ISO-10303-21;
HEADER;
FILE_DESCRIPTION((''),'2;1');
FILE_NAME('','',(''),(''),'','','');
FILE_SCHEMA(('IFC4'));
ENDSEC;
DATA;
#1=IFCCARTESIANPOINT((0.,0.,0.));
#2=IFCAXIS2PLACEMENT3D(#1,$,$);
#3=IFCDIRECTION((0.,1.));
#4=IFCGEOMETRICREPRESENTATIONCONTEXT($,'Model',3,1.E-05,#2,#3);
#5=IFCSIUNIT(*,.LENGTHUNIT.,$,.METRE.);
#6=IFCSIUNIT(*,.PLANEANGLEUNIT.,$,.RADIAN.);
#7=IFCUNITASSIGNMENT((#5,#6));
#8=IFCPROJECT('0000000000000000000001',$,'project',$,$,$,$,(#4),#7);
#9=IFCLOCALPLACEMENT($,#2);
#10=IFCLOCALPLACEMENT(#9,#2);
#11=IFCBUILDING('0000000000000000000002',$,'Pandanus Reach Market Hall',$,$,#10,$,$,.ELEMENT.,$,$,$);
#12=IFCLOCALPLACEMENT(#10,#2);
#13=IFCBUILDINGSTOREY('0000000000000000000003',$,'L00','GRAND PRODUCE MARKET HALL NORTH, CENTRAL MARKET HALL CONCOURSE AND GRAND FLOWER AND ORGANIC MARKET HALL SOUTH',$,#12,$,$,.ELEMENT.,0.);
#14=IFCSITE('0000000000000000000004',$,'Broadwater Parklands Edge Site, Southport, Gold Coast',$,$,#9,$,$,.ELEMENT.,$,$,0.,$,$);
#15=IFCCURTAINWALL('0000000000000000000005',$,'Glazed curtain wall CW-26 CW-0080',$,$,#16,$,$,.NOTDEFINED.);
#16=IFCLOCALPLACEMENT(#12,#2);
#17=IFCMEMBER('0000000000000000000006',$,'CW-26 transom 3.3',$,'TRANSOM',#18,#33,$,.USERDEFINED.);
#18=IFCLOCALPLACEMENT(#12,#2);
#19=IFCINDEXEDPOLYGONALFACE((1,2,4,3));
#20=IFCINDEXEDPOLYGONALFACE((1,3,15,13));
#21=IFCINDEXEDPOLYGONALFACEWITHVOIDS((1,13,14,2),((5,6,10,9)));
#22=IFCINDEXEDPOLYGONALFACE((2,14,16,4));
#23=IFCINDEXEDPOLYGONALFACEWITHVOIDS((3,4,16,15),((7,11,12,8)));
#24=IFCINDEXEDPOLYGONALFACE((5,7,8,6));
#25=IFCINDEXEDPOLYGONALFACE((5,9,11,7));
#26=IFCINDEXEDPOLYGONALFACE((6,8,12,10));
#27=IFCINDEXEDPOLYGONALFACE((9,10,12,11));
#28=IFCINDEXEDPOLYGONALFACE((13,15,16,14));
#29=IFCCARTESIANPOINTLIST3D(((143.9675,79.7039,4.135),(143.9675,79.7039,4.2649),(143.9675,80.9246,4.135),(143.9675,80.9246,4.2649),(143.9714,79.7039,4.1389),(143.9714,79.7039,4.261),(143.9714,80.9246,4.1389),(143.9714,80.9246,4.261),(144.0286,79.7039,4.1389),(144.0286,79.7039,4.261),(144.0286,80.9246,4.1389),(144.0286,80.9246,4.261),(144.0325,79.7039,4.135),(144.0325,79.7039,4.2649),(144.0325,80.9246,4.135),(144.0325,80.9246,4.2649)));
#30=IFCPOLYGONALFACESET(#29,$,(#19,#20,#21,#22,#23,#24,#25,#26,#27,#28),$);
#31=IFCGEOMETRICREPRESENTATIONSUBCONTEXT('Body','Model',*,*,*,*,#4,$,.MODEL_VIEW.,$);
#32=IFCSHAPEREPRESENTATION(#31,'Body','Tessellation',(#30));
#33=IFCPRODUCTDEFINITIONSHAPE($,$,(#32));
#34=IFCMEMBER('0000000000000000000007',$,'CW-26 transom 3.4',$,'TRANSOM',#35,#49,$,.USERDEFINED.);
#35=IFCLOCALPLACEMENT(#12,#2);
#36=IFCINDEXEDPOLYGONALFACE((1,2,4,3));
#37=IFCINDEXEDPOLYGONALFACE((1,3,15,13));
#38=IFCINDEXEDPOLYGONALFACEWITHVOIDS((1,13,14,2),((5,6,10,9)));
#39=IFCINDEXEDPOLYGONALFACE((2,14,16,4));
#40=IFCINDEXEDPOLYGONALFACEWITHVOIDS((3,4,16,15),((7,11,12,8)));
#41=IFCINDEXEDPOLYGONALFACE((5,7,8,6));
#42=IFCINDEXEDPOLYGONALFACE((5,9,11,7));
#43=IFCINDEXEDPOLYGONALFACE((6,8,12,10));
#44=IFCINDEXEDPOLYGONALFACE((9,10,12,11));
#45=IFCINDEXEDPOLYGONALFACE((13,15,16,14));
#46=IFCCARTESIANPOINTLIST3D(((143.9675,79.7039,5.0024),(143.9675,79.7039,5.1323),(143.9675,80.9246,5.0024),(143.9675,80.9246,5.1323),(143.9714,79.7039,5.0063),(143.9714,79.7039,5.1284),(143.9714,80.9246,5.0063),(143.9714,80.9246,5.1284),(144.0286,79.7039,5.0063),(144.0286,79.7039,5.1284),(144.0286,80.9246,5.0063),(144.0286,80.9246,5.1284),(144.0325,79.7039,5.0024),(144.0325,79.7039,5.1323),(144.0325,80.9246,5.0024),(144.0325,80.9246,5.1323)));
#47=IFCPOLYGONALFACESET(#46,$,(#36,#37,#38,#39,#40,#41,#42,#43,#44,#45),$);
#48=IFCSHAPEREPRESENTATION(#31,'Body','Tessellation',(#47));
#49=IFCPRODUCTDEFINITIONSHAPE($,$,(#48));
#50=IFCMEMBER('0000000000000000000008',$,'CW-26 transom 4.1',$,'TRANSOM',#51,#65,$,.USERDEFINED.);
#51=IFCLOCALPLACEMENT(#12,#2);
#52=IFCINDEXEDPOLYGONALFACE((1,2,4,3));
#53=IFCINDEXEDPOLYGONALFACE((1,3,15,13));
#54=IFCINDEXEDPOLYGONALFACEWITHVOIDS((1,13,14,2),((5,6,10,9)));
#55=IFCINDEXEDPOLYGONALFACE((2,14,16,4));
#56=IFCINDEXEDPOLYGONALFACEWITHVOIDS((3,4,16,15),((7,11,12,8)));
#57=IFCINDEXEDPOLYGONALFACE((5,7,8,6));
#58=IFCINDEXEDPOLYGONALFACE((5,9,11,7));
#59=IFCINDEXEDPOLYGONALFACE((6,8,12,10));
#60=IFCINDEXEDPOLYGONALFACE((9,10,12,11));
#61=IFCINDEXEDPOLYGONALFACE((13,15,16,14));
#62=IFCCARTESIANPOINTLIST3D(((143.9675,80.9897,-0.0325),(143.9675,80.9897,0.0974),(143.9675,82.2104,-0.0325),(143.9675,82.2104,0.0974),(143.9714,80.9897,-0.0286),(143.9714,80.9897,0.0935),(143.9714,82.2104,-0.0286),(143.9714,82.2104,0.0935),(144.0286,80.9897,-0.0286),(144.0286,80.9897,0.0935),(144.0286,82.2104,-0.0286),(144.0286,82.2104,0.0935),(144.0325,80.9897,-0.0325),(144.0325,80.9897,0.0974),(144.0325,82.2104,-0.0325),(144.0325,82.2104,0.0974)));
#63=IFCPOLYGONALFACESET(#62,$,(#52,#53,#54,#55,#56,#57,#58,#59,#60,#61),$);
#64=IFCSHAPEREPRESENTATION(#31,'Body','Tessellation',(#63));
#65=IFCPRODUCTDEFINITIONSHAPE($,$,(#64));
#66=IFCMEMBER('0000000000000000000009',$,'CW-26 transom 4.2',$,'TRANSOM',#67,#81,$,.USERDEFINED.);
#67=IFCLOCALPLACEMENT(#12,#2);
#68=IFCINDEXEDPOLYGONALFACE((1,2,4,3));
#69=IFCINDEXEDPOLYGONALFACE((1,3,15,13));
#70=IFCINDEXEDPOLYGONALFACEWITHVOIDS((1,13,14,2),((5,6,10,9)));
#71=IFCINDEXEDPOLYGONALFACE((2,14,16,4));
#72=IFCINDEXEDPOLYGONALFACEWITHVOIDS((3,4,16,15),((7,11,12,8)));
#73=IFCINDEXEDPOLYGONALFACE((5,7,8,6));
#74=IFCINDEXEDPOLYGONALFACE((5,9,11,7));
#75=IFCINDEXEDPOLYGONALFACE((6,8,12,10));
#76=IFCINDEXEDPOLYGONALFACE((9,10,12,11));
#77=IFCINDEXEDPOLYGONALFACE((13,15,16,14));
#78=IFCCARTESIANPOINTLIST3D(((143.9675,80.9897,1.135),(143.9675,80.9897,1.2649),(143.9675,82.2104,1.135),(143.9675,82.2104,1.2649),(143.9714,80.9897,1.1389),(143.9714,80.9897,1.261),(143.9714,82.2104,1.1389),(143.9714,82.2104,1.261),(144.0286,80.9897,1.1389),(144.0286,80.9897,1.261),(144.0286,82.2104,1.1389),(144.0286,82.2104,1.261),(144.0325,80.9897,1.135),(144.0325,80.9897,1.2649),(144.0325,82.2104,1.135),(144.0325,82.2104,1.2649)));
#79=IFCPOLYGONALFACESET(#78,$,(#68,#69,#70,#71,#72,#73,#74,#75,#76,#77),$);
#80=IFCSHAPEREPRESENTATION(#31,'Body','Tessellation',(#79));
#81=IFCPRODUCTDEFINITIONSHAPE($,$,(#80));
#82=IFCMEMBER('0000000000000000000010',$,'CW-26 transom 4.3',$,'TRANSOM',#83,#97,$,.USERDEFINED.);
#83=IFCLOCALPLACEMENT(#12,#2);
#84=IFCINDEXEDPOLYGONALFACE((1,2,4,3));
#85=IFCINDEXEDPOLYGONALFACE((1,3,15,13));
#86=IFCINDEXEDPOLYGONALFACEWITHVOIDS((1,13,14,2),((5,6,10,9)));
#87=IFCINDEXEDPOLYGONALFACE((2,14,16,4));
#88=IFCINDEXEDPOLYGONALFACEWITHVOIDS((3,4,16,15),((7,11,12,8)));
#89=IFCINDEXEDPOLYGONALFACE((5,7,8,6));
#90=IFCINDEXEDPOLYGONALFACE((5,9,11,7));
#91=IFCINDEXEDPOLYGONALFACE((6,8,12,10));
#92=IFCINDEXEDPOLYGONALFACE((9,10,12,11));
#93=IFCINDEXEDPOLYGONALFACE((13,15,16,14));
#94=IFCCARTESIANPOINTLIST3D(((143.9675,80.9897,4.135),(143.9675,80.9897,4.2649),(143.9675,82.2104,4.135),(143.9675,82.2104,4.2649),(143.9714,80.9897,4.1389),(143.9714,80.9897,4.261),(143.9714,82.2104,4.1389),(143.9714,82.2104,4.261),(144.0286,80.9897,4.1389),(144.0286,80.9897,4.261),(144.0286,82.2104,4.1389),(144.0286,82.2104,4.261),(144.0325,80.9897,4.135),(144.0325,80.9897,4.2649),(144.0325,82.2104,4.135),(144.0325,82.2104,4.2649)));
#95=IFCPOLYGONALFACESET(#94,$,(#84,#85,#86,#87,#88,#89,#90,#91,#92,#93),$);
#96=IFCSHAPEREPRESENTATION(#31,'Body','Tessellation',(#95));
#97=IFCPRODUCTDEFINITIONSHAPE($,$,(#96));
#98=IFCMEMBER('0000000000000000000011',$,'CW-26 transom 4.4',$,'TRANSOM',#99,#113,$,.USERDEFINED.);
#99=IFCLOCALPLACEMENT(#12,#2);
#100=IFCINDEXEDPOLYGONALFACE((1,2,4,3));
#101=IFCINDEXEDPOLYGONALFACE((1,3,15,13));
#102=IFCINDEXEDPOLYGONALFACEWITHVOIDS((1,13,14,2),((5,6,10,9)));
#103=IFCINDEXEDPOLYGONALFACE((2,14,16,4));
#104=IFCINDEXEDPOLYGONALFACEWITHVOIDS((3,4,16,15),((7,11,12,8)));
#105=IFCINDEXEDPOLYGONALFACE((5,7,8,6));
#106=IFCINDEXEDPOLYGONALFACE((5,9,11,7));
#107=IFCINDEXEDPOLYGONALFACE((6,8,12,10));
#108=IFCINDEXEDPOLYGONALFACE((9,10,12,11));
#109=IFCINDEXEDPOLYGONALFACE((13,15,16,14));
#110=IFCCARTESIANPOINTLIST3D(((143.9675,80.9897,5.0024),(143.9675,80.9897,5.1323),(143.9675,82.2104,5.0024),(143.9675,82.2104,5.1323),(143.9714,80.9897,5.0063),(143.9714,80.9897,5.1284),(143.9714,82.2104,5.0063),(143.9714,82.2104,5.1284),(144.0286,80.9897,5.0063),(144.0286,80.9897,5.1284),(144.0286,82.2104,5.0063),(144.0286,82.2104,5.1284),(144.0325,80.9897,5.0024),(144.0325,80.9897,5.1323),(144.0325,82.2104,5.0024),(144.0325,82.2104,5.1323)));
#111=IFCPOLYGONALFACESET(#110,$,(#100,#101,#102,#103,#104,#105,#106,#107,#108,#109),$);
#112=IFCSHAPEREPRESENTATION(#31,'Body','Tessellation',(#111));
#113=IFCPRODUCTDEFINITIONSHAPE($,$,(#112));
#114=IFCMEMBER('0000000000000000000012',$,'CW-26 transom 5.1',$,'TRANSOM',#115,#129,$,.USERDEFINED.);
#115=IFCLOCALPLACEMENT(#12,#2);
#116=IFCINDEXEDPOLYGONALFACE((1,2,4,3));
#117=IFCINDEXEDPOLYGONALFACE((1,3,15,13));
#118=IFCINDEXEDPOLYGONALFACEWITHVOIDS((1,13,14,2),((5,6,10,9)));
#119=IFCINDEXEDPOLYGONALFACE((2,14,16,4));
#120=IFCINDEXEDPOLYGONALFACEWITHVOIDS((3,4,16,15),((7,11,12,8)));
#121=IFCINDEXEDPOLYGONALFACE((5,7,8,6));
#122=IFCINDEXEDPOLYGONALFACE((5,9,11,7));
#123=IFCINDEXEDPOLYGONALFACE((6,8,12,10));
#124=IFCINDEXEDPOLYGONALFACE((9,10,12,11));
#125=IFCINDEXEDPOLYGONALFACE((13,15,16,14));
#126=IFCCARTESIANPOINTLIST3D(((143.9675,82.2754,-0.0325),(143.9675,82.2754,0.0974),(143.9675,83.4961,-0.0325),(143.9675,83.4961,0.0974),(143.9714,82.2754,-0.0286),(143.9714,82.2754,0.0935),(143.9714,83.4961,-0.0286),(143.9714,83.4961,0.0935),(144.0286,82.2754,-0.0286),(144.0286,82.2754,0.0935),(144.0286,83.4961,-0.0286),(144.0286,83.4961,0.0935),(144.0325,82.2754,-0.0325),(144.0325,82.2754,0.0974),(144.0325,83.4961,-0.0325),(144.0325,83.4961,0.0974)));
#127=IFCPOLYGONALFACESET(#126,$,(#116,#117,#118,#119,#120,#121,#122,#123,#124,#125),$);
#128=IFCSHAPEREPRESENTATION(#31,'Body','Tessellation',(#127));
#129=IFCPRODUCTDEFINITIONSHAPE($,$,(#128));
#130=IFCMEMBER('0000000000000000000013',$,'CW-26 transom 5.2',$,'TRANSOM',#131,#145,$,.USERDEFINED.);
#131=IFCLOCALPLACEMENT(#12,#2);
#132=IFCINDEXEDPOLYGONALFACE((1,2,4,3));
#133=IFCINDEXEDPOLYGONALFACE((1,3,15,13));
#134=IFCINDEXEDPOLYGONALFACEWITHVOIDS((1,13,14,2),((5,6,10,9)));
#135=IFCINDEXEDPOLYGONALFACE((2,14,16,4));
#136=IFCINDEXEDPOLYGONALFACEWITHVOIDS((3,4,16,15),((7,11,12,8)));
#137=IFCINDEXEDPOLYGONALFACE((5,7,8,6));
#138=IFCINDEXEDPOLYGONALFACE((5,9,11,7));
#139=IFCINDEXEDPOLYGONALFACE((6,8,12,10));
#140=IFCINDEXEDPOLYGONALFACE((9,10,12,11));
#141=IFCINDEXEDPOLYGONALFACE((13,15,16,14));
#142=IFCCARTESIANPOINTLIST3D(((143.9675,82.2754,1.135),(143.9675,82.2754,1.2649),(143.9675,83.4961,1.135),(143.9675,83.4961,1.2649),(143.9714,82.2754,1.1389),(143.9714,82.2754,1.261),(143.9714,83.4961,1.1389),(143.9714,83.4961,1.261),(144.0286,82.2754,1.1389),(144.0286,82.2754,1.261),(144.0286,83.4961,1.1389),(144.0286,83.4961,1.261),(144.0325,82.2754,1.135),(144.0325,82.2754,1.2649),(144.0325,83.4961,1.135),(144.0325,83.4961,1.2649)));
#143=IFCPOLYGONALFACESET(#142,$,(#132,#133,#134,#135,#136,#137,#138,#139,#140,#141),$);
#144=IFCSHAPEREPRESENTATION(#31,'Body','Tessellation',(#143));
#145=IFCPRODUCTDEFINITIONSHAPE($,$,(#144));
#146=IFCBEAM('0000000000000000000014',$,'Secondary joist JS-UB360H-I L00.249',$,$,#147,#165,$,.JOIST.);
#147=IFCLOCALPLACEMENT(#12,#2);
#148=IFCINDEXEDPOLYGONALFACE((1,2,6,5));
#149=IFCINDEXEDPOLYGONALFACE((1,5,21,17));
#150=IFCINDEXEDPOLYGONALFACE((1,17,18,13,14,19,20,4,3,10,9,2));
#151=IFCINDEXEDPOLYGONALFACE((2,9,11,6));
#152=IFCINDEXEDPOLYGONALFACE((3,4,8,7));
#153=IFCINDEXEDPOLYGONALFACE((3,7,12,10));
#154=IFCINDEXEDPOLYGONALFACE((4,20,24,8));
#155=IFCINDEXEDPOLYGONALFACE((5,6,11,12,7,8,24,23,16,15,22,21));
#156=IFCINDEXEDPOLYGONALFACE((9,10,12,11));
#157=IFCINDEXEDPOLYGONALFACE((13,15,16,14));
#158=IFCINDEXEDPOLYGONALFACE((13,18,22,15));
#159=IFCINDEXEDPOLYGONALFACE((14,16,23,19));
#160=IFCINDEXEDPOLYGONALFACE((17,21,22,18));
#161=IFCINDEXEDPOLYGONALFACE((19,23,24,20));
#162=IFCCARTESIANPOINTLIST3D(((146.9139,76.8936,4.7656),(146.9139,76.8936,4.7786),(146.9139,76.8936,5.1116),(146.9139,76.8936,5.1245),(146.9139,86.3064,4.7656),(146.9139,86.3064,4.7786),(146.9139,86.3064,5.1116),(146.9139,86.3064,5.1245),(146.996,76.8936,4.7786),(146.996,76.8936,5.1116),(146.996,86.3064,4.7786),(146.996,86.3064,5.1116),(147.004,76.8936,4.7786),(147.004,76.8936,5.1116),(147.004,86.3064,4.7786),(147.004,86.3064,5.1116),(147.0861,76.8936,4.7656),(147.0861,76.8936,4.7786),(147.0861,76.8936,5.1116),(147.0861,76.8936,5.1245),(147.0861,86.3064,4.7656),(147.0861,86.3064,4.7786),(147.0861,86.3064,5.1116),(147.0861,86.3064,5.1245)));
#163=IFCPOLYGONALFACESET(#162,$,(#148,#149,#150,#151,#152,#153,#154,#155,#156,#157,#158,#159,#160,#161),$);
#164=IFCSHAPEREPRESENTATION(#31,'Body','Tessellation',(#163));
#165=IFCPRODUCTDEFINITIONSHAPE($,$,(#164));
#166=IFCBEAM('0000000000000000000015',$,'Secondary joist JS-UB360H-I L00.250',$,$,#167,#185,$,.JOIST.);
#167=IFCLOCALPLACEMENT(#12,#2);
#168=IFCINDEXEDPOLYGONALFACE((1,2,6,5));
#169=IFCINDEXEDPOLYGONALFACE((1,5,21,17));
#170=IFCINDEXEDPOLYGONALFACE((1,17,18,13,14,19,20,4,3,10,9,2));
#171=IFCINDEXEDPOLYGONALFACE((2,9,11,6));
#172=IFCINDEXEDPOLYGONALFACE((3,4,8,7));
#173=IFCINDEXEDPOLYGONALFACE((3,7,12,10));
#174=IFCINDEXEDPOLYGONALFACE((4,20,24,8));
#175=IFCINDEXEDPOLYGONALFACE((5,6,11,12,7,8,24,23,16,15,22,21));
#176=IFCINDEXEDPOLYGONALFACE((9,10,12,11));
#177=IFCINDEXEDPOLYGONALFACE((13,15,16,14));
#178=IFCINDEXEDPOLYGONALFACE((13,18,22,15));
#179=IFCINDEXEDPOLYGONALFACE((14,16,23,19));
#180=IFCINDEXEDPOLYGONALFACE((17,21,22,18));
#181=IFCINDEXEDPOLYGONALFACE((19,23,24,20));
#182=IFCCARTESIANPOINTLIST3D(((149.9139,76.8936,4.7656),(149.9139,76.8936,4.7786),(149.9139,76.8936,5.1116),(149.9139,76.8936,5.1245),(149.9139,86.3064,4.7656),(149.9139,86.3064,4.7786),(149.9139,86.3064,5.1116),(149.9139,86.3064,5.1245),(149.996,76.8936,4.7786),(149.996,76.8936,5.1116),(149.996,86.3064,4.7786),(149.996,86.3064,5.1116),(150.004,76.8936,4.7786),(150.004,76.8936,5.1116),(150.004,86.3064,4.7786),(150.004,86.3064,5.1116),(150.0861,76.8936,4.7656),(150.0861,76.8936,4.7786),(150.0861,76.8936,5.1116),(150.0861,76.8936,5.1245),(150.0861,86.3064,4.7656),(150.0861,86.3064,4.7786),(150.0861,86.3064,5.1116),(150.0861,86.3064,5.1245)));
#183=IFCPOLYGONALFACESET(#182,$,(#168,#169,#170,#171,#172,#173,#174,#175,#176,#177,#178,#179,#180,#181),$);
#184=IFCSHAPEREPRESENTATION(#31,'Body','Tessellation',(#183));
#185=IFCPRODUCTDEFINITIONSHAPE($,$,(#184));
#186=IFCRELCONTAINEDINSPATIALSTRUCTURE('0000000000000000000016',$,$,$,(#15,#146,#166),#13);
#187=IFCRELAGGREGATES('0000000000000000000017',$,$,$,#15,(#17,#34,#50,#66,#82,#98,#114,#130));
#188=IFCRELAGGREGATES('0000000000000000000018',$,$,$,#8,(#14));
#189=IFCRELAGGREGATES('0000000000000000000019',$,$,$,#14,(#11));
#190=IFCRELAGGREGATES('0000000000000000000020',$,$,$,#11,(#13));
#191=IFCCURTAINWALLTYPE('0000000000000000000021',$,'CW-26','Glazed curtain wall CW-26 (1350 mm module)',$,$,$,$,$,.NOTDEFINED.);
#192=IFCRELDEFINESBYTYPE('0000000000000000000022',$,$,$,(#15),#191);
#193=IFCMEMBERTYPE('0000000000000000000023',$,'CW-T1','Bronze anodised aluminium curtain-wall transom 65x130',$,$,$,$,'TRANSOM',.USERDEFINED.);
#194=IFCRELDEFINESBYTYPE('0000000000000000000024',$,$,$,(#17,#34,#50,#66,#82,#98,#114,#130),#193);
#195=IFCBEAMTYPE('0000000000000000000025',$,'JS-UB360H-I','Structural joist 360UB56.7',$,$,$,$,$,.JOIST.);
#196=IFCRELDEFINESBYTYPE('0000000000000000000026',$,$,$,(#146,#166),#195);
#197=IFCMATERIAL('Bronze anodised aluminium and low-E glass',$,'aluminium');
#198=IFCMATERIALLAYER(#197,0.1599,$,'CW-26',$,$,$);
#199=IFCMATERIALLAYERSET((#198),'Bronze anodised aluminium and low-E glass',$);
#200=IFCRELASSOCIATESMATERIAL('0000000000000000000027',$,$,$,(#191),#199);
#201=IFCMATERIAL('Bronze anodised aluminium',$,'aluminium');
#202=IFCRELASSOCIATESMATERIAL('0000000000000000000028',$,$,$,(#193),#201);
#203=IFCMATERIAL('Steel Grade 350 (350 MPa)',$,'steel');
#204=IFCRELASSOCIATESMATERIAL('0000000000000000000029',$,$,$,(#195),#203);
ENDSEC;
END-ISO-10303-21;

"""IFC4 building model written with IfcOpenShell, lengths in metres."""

from ifc_helpers import new_model, si_unit, direction, frame, origin, origin_2d, place, context, subcontext, project, spatial, hollow_rectangle, i_section, extrude, material, layer, layer_set, material_profile, profile_set, type_object, element, aggregate, save


model = new_model("IFC4")

# Units and contexts
model_context = context("Model", 3, precision=1e-05, world=origin(), true_north=direction((0.0, 1.0)))
body_context = subcontext(model_context, "Body", "Model", "MODEL_VIEW")
ifc_project = project(units=[si_unit("LENGTHUNIT", "METRE"), si_unit("PLANEANGLEUNIT", "RADIAN")], contexts=[model_context])

# Site, building, storey
site_placement = place(None, origin())
site = spatial("IfcSite", under=ifc_project, at=site_placement, Name="Broadwater Parklands Edge Site, Southport, Gold Coast", CompositionType="ELEMENT", RefElevation=0.0)
building_placement = place(site_placement, origin())
building = spatial("IfcBuilding", under=site, at=building_placement, Name="Pandanus Reach Market Hall", CompositionType="ELEMENT")
storey_placement = place(building_placement, origin())
storey = spatial("IfcBuildingStorey", under=building, at=storey_placement, Name="L00", Description="GRAND PRODUCE MARKET HALL NORTH, CENTRAL MARKET HALL CONCOURSE AND GRAND FLOWER AND ORGANIC MARKET HALL SOUTH", CompositionType="ELEMENT", Elevation=0.0)

# Shared definitions
ifc_material_1 = material(Name="Steel Grade 350 (350 MPa)", Category="steel")

# Curtain wall, members
ifc_material_2 = material(Name="Bronze anodised aluminium and low-E glass", Category="aluminium")
ifc_layer_1 = layer(ifc_material_2, 0.1599, Name="CW-26")
ifc_layer_set_1 = layer_set([ifc_layer_1], Name="Bronze anodised aluminium and low-E glass")
curtain_wall_type = type_object("IfcCurtainWallType", Name="CW-26", Description="Glazed curtain wall CW-26 (1350 mm module)", PredefinedType="NOTDEFINED", material=ifc_layer_set_1)
curtain_wall_placement = place(storey_placement, origin())
curtain_wall = element("IfcCurtainWall", 1, at=curtain_wall_placement, inside=storey, type_object=curtain_wall_type, Name="Glazed curtain wall CW-26 CW-0080", PredefinedType="NOTDEFINED")
ifc_material_3 = material(Name="Bronze anodised aluminium", Category="aluminium")
ifc_material_profile_1 = material_profile(ifc_material_3, hollow_rectangle(XDim=0.0649, YDim=0.1299, WallThickness=0.0039, at=origin_2d()), Name="ALU65x130", Category="LoadBearing")
ifc_profile_set_1 = profile_set([ifc_material_profile_1], Name="Bronze anodised aluminium")
member_type_1 = type_object("IfcMemberType", Name="CW-T1", Description="Bronze anodised aluminium curtain-wall transom 65x130", ElementType="TRANSOM", PredefinedType="USERDEFINED", material=ifc_profile_set_1)
member_1_placement = place(storey_placement, frame((144.0, 79.7039, 4.2), z_axis=(0.0, 1.0, 0.0), x_axis=(-1.0, 0.0, 0.0)))
member_1 = element("IfcMember", 2, at=member_1_placement, type_object=member_type_1, Name="CW-26 transom 3.3", ObjectType="TRANSOM", PredefinedType="USERDEFINED", context=body_context, shape_type="SweptSolid", body=[
    extrude(hollow_rectangle(XDim=0.0649, YDim=0.1299, WallThickness=0.0039, at=origin_2d()), origin(), (0.0, 0.0, 1.0), 1.2207),
])
member_2_placement = place(storey_placement, frame((144.0, 79.7039, 5.0674), z_axis=(0.0, 1.0, 0.0), x_axis=(-1.0, 0.0, 0.0)))
member_2 = element("IfcMember", 3, at=member_2_placement, type_object=member_type_1, Name="CW-26 transom 3.4", ObjectType="TRANSOM", PredefinedType="USERDEFINED", context=body_context, shape_type="SweptSolid", body=[
    extrude(hollow_rectangle(XDim=0.0649, YDim=0.1299, WallThickness=0.0039, at=origin_2d()), origin(), (0.0, 0.0, 1.0), 1.2207),
])
member_3_placement = place(storey_placement, frame((144.0, 80.9897, 0.0325), z_axis=(0.0, 1.0, 0.0), x_axis=(-1.0, 0.0, 0.0)))
member_3 = element("IfcMember", 4, at=member_3_placement, type_object=member_type_1, Name="CW-26 transom 4.1", ObjectType="TRANSOM", PredefinedType="USERDEFINED", context=body_context, shape_type="SweptSolid", body=[
    extrude(hollow_rectangle(XDim=0.0649, YDim=0.1299, WallThickness=0.0039, at=origin_2d()), origin(), (0.0, 0.0, 1.0), 1.2207),
])
member_4_placement = place(storey_placement, frame((144.0, 80.9897, 1.2), z_axis=(0.0, 1.0, 0.0), x_axis=(-1.0, 0.0, 0.0)))
member_4 = element("IfcMember", 5, at=member_4_placement, type_object=member_type_1, Name="CW-26 transom 4.2", ObjectType="TRANSOM", PredefinedType="USERDEFINED", context=body_context, shape_type="SweptSolid", body=[
    extrude(hollow_rectangle(XDim=0.0649, YDim=0.1299, WallThickness=0.0039, at=origin_2d()), origin(), (0.0, 0.0, 1.0), 1.2207),
])
member_5_placement = place(storey_placement, frame((144.0, 80.9897, 4.2), z_axis=(0.0, 1.0, 0.0), x_axis=(-1.0, 0.0, 0.0)))
member_5 = element("IfcMember", 6, at=member_5_placement, type_object=member_type_1, Name="CW-26 transom 4.3", ObjectType="TRANSOM", PredefinedType="USERDEFINED", context=body_context, shape_type="SweptSolid", body=[
    extrude(hollow_rectangle(XDim=0.0649, YDim=0.1299, WallThickness=0.0039, at=origin_2d()), origin(), (0.0, 0.0, 1.0), 1.2207),
])
member_6_placement = place(storey_placement, frame((144.0, 80.9897, 5.0674), z_axis=(0.0, 1.0, 0.0), x_axis=(-1.0, 0.0, 0.0)))
member_6 = element("IfcMember", 7, at=member_6_placement, type_object=member_type_1, Name="CW-26 transom 4.4", ObjectType="TRANSOM", PredefinedType="USERDEFINED", context=body_context, shape_type="SweptSolid", body=[
    extrude(hollow_rectangle(XDim=0.0649, YDim=0.1299, WallThickness=0.0039, at=origin_2d()), origin(), (0.0, 0.0, 1.0), 1.2207),
])
member_7_placement = place(storey_placement, frame((144.0, 82.2754, 0.0325), z_axis=(0.0, 1.0, 0.0), x_axis=(-1.0, 0.0, 0.0)))
member_7 = element("IfcMember", 8, at=member_7_placement, type_object=member_type_1, Name="CW-26 transom 5.1", ObjectType="TRANSOM", PredefinedType="USERDEFINED", context=body_context, shape_type="SweptSolid", body=[
    extrude(hollow_rectangle(XDim=0.0649, YDim=0.1299, WallThickness=0.0039, at=origin_2d()), origin(), (0.0, 0.0, 1.0), 1.2207),
])
member_8_placement = place(storey_placement, frame((144.0, 82.2754, 1.2), z_axis=(0.0, 1.0, 0.0), x_axis=(-1.0, 0.0, 0.0)))
member_8 = element("IfcMember", 9, at=member_8_placement, type_object=member_type_1, Name="CW-26 transom 5.2", ObjectType="TRANSOM", PredefinedType="USERDEFINED", context=body_context, shape_type="SweptSolid", body=[
    extrude(hollow_rectangle(XDim=0.0649, YDim=0.1299, WallThickness=0.0039, at=origin_2d()), origin(), (0.0, 0.0, 1.0), 1.2207),
])

# Beams
ifc_material_profile_2 = material_profile(ifc_material_1, i_section(OverallWidth=0.1721, OverallDepth=0.3589, WebThickness=0.0081, FlangeThickness=0.0129, at=origin_2d()), Name="360UB56.7", Category="LoadBearing")
ifc_profile_set_2 = profile_set([ifc_material_profile_2], Name="Steel Grade 350 (350 MPa)")
beam_type_1 = type_object("IfcBeamType", Name="JS-UB360H-I", Description="Structural joist 360UB56.7", PredefinedType="JOIST", material=ifc_profile_set_2)
for number, where, z_axis, x_axis, name in (
    (10, (147.0, 76.8936, 4.9451), (0.0, 1.0, 0.0), (-1.0, 0.0, 0.0), "Secondary joist JS-UB360H-I L00.249"),
    (11, (150.0, 76.8936, 4.9451), (0.0, 1.0, 0.0), (-1.0, 0.0, 0.0), "Secondary joist JS-UB360H-I L00.250"),
):
    element("IfcBeam", number, at=place(storey_placement, frame(where, z_axis=z_axis, x_axis=x_axis)), inside=storey, type_object=beam_type_1, Name=name, PredefinedType="JOIST", context=body_context, shape_type="SweptSolid", body=[
        extrude(i_section(OverallWidth=0.1721, OverallDepth=0.3589, WebThickness=0.0081, FlangeThickness=0.0129, at=origin_2d()), origin(), (0.0, 0.0, 1.0), 9.4128),
    ])

aggregate(curtain_wall, [member_1, member_2, member_3, member_4, member_5, member_6, member_7, member_8])

save(model, "model.ifc")
